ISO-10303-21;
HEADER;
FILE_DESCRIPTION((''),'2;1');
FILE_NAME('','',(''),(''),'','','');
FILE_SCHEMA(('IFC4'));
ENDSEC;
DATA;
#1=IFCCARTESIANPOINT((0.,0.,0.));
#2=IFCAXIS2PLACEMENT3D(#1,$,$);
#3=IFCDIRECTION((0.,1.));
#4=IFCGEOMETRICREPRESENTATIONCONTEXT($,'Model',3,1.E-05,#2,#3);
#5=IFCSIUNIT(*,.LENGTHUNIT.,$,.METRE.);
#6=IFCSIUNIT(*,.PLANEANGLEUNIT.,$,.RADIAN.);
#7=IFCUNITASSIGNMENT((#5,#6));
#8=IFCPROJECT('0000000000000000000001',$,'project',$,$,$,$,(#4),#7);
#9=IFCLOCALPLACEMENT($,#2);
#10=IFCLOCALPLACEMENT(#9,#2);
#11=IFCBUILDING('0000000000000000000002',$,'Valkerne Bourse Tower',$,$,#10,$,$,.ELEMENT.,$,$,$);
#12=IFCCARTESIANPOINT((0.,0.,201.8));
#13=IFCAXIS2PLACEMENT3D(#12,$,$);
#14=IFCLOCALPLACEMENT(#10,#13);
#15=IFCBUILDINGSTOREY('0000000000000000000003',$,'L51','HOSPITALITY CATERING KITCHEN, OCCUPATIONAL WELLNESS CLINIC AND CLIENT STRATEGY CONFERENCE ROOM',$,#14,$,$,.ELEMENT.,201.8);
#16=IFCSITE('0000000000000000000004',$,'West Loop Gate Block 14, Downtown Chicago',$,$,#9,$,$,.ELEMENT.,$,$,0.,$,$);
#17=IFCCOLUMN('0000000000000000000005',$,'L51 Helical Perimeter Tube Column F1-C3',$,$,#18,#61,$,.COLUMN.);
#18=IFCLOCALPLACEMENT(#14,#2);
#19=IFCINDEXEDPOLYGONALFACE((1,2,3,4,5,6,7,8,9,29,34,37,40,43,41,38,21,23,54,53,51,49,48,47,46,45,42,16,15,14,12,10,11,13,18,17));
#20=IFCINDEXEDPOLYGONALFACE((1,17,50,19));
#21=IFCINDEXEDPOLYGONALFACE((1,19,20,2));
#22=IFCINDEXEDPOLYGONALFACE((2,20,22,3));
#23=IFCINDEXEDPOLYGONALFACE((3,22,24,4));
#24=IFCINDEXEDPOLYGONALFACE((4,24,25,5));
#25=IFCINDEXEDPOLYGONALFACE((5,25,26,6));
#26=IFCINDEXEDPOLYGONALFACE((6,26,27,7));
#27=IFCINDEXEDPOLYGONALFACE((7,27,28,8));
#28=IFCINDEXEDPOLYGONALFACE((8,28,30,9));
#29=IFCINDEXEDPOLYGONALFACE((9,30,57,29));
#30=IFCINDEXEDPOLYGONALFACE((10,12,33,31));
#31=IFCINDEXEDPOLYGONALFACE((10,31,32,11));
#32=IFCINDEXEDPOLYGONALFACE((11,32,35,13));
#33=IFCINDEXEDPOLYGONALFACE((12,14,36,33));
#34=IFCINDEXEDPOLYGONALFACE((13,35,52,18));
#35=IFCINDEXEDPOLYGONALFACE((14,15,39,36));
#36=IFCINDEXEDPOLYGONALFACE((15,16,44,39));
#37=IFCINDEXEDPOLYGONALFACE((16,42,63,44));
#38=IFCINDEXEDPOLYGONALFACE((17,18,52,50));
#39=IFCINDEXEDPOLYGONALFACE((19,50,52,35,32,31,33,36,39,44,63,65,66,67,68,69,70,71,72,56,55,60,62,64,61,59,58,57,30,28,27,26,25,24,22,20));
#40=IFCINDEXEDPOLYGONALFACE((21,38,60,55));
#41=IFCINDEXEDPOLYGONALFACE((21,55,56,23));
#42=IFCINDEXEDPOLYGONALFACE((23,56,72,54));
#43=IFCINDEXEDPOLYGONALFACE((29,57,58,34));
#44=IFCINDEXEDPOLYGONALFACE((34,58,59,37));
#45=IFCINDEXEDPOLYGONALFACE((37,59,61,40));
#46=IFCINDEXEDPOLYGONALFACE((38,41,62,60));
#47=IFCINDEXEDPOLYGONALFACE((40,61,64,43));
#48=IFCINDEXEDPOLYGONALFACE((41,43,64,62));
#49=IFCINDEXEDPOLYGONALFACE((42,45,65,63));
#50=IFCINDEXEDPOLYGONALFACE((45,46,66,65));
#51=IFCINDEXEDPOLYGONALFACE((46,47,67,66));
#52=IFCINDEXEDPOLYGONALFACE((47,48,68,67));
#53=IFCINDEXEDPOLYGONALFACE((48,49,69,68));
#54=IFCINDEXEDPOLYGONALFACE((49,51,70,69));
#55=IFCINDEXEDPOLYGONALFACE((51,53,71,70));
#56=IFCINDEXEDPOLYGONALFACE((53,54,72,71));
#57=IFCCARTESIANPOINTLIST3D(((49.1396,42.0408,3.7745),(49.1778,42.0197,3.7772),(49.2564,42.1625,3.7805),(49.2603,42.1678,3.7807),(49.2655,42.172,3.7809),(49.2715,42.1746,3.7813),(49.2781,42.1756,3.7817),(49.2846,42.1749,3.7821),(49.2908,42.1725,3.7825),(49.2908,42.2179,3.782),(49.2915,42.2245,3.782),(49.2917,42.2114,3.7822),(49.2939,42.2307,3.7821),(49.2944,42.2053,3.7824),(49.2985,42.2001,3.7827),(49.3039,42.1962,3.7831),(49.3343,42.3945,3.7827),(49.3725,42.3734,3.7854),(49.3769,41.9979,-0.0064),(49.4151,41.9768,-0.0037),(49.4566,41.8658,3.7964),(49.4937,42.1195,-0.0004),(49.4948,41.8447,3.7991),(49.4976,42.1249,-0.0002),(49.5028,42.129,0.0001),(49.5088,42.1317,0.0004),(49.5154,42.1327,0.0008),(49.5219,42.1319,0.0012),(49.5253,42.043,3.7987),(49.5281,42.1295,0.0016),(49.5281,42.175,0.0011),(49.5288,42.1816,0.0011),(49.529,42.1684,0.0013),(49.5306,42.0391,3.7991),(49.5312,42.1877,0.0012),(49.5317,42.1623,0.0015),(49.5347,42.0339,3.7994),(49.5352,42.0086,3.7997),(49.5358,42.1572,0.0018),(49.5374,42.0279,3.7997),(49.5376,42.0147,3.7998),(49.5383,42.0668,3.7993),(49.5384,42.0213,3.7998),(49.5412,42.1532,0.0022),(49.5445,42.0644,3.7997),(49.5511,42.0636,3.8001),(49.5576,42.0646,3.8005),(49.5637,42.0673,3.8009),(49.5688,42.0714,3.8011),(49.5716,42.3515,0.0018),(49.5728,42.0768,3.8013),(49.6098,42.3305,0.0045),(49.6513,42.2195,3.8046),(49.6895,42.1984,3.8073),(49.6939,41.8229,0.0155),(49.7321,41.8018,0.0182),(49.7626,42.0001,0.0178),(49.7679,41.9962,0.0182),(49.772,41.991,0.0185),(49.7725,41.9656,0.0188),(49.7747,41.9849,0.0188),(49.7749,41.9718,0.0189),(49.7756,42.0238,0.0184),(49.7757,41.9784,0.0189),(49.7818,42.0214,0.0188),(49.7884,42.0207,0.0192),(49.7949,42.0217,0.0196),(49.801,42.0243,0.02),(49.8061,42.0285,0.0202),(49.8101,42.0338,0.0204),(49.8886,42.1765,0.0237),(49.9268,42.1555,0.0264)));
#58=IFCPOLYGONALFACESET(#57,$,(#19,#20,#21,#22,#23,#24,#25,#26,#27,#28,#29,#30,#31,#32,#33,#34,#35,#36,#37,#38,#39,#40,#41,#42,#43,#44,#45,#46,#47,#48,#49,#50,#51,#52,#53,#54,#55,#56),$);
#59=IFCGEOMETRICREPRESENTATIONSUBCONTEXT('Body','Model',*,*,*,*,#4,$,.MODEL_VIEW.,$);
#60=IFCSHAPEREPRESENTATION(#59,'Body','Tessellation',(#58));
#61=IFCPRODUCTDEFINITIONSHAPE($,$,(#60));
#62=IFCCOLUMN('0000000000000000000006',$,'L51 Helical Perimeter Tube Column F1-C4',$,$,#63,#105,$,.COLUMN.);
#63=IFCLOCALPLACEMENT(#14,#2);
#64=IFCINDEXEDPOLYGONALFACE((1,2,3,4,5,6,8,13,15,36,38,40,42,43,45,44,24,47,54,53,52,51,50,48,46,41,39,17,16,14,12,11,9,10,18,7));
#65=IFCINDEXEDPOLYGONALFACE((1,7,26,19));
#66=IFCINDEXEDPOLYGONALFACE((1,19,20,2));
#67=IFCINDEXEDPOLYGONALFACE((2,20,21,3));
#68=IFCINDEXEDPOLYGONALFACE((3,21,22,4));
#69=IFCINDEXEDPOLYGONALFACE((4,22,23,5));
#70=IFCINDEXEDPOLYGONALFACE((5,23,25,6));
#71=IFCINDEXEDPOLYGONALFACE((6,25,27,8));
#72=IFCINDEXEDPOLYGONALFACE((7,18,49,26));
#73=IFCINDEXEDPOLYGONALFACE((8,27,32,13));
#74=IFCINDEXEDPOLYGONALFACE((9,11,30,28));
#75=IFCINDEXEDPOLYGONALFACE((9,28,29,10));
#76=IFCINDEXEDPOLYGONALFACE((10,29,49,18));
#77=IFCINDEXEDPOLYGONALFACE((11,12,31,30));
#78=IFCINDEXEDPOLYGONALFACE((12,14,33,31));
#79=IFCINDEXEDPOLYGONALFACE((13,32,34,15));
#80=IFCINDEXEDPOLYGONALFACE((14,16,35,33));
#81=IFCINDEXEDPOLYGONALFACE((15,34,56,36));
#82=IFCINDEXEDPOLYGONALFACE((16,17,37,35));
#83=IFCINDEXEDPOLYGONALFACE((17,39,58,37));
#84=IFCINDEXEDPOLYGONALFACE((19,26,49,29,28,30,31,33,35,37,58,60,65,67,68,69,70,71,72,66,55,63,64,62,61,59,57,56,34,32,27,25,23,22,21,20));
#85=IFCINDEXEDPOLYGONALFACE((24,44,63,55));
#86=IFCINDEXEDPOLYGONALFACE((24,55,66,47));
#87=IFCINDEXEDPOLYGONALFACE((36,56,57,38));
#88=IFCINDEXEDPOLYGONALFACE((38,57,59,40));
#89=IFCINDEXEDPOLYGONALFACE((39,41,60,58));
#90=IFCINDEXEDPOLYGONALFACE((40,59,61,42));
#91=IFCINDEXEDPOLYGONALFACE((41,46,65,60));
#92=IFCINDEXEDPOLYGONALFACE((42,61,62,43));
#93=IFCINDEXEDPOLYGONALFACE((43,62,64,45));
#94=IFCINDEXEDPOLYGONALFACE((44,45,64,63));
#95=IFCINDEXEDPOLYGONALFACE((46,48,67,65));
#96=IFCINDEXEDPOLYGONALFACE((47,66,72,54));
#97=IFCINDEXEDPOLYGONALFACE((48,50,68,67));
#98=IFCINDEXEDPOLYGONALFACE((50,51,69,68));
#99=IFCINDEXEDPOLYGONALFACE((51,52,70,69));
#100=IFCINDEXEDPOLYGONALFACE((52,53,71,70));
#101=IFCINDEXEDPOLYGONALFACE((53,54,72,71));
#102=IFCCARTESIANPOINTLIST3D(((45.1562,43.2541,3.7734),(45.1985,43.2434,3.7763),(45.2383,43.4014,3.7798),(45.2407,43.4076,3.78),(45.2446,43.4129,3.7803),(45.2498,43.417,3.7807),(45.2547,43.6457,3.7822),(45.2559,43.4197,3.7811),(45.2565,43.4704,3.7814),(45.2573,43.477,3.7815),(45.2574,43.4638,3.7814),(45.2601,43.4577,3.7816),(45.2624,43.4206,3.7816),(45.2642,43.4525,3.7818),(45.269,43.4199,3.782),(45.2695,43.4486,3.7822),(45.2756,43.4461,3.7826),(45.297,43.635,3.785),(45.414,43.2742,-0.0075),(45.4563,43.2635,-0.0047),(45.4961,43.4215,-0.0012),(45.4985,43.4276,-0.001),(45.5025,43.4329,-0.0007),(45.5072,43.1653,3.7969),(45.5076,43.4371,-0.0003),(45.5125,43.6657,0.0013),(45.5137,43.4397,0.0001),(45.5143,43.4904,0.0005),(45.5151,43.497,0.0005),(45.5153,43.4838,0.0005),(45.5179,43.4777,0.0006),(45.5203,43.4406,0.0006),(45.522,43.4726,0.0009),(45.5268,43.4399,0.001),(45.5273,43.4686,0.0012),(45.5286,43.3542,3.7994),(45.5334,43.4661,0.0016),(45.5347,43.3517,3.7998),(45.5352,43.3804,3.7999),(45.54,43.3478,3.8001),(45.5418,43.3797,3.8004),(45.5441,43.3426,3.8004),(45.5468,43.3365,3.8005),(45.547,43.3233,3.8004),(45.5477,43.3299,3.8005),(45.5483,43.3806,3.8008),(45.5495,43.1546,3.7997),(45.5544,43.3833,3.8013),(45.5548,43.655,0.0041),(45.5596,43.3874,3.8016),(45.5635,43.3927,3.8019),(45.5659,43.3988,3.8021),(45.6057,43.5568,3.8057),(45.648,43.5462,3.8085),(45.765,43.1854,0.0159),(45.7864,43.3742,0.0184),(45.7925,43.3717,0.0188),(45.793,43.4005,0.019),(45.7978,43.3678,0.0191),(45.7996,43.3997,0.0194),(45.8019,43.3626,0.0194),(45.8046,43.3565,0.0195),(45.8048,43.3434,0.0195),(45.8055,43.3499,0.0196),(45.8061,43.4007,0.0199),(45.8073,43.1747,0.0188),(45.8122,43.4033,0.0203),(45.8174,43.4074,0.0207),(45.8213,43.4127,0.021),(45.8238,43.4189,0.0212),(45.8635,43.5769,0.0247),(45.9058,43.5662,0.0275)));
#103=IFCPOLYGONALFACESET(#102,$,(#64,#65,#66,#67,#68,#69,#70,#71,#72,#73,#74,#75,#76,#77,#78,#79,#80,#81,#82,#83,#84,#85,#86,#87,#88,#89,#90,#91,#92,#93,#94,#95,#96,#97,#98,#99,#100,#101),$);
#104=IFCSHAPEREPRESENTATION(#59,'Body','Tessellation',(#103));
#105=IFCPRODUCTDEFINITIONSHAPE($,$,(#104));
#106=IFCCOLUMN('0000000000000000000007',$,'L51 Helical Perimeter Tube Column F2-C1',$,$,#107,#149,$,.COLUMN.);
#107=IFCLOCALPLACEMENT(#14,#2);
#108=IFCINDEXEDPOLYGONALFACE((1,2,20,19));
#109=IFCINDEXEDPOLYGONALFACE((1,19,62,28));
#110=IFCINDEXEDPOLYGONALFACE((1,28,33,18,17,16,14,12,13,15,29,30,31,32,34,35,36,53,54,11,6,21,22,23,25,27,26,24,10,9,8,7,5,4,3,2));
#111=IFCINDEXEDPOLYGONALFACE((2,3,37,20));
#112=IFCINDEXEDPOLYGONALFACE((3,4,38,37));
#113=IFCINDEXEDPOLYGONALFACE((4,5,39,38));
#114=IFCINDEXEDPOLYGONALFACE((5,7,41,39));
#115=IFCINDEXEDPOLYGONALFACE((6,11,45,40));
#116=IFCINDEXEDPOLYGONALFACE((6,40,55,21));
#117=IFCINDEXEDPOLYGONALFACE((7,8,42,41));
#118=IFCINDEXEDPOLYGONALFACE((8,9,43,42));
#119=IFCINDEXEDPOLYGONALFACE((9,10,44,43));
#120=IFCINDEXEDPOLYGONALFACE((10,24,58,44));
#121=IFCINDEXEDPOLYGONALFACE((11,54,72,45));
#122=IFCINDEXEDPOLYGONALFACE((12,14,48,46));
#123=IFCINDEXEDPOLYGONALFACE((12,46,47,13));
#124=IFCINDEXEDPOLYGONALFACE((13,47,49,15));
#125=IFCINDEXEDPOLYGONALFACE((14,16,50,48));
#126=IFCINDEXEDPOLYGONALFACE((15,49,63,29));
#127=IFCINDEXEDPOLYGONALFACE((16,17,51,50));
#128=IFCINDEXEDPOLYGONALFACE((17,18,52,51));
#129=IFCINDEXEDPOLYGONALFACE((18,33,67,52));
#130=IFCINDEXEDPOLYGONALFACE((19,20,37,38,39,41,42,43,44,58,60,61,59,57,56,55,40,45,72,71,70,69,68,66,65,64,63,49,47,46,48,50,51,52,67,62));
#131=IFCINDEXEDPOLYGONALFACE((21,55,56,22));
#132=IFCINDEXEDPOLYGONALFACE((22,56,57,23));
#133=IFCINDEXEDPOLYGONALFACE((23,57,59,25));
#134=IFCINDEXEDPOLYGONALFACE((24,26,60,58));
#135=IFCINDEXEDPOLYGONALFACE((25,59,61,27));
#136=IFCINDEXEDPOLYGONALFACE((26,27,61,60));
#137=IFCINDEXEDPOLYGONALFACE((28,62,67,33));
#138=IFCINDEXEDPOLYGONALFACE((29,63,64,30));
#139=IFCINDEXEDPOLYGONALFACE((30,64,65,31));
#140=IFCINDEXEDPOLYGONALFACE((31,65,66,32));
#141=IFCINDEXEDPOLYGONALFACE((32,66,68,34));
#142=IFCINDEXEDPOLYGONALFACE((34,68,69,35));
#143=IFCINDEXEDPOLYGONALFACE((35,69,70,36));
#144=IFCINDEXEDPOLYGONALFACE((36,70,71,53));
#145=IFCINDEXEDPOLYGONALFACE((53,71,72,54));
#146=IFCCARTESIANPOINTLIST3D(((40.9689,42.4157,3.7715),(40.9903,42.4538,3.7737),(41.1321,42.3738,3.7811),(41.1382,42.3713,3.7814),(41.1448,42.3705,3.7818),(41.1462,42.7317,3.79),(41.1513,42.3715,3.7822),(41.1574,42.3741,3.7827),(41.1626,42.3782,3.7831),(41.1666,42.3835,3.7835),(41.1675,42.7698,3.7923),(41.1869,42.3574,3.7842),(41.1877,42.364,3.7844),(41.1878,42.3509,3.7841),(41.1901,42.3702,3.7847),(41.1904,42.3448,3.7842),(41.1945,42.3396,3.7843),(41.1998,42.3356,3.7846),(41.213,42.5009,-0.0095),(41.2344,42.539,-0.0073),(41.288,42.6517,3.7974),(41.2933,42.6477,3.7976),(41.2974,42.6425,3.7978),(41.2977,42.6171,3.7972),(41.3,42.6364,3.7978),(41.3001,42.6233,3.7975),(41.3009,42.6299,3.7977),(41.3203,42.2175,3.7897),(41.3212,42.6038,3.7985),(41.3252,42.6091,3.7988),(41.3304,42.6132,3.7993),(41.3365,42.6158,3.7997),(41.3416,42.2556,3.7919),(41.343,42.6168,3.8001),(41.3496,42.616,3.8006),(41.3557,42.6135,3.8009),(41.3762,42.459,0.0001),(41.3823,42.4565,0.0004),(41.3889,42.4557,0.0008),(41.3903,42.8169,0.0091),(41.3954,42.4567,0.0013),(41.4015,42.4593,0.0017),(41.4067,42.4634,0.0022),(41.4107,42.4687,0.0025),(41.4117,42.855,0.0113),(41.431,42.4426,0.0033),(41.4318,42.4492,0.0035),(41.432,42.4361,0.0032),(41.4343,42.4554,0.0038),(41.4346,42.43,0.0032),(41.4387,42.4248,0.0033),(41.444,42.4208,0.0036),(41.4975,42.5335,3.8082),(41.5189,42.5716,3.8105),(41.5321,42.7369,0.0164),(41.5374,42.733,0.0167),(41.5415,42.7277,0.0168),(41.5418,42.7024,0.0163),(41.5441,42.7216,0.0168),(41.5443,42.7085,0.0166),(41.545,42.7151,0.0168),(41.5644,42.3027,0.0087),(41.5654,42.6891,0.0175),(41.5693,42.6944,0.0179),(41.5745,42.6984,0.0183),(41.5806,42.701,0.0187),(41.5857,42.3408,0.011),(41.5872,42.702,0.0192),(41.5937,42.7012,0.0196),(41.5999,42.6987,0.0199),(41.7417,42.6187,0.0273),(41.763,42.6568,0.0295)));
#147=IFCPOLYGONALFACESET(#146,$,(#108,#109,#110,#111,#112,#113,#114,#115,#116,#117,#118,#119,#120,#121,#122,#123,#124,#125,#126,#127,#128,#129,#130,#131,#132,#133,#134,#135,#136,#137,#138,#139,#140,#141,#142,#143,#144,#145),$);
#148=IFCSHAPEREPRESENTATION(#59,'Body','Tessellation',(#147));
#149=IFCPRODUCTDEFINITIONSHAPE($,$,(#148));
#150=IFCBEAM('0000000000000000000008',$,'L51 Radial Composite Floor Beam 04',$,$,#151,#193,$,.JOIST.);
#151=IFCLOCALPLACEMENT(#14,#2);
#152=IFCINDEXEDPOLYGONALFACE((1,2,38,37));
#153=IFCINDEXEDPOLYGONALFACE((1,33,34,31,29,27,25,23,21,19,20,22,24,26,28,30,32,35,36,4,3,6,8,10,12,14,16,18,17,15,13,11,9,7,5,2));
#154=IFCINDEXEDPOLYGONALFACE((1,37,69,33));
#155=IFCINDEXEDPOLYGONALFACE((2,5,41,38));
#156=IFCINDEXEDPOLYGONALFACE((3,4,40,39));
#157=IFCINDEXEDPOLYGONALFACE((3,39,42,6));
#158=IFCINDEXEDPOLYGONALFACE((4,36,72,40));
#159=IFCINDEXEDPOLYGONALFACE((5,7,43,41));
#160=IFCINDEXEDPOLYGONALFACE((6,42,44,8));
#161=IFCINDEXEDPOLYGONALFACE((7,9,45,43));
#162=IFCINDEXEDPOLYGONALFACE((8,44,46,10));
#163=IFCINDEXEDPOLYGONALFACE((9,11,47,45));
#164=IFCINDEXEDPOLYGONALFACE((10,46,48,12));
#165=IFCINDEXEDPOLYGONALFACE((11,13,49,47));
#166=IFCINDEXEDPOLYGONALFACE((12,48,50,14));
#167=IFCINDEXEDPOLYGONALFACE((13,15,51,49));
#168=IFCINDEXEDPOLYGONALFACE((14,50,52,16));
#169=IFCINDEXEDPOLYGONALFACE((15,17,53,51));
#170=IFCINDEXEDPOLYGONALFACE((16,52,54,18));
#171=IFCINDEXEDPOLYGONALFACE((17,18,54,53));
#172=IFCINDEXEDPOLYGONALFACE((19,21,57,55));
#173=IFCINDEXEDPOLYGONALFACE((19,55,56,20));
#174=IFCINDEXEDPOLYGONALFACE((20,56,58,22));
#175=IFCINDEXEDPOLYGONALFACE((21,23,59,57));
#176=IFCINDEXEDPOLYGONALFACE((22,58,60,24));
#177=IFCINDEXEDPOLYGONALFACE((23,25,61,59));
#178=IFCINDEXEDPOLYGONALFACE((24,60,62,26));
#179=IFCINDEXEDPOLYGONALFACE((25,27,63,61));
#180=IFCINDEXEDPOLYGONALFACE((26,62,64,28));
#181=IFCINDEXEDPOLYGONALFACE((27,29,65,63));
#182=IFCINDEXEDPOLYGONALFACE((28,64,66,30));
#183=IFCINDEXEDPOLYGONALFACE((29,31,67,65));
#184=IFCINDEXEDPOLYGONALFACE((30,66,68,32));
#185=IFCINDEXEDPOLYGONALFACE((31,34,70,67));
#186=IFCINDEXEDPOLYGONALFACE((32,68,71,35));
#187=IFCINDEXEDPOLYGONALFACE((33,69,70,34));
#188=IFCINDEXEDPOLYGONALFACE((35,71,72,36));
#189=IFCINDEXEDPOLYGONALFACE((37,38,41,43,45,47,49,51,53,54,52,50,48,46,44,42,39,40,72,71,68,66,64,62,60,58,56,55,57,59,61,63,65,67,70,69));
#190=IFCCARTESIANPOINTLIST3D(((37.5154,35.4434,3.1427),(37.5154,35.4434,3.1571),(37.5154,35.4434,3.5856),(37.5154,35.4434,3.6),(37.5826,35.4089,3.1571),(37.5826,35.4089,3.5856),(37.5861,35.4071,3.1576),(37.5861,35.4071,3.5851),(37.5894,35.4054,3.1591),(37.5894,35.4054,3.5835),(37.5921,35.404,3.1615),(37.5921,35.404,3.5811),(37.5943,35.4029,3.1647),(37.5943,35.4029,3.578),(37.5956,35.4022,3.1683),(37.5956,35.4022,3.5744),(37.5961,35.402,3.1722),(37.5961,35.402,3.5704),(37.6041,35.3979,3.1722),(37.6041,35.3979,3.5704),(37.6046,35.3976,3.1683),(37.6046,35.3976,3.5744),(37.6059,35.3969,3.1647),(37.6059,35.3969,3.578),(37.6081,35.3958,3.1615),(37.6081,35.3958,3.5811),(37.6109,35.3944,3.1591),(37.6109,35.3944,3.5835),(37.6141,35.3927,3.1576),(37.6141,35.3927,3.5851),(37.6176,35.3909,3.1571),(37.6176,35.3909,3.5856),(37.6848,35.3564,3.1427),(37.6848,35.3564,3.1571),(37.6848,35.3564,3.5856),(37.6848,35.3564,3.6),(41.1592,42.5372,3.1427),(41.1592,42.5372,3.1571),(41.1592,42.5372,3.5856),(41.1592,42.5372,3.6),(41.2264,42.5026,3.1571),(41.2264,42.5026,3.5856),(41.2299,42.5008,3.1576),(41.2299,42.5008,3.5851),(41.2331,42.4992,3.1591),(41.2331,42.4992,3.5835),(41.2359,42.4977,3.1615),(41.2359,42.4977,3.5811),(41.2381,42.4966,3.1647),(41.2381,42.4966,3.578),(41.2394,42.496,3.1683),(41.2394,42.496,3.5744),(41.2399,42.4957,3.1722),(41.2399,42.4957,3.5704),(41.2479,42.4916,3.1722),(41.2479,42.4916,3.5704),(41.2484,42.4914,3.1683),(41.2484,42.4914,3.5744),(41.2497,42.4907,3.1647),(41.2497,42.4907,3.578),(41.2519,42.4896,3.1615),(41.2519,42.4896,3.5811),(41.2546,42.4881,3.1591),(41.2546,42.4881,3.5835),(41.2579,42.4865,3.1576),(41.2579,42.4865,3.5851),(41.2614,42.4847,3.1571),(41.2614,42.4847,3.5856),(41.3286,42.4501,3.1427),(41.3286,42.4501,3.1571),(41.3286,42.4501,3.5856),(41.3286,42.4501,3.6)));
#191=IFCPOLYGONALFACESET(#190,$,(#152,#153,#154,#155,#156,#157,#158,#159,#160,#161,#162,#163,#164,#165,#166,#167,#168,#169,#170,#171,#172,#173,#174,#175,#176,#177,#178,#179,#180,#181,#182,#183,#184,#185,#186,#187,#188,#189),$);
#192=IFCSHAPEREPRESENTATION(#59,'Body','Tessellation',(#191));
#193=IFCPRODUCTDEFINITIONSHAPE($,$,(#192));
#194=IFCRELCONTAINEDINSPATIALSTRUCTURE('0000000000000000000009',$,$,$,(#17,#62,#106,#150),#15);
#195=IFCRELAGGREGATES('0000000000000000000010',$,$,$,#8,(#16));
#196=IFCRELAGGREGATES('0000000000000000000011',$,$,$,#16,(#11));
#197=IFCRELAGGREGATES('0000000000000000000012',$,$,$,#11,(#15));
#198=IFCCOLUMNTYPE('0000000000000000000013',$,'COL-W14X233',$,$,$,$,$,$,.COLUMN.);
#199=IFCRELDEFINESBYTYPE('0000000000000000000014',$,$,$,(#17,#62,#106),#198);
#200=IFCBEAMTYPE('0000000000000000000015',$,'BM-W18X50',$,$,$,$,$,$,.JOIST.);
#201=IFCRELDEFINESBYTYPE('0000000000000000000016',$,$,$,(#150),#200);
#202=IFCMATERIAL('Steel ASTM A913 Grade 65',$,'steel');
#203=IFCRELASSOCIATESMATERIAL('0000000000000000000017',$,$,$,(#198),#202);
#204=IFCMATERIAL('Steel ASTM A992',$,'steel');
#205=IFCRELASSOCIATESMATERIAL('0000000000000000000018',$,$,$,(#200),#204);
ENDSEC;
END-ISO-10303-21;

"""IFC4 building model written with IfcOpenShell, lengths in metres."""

from ifc_helpers import new_model, si_unit, direction, frame, origin, origin_2d, place, context, subcontext, project, spatial, i_section, extrude, material, material_profile, profile_set, type_object, element, save


model = new_model("IFC4")

# Units and contexts
model_context = context("Model", 3, precision=1e-05, world=origin(), true_north=direction((0.0, 1.0)))
body_context = subcontext(model_context, "Body", "Model", "MODEL_VIEW")
ifc_project = project(units=[si_unit("LENGTHUNIT", "METRE"), si_unit("PLANEANGLEUNIT", "RADIAN")], contexts=[model_context])

# Site, building, storey
site_placement = place(None, origin())
site = spatial("IfcSite", under=ifc_project, at=site_placement, Name="West Loop Gate Block 14, Downtown Chicago", CompositionType="ELEMENT", RefElevation=0.0)
building_placement = place(site_placement, origin())
building = spatial("IfcBuilding", under=site, at=building_placement, Name="Valkerne Bourse Tower", CompositionType="ELEMENT")
storey_placement = place(building_placement, frame((0.0, 0.0, 201.8)))
storey = spatial("IfcBuildingStorey", under=building, at=storey_placement, Name="L51", Description="HOSPITALITY CATERING KITCHEN, OCCUPATIONAL WELLNESS CLINIC AND CLIENT STRATEGY CONFERENCE ROOM", CompositionType="ELEMENT", Elevation=201.8)

# Columns
ifc_material_1 = material(Name="Steel ASTM A913 Grade 65", Category="steel")
ifc_material_profile_1 = material_profile(ifc_material_1, i_section(OverallWidth=0.4038, OverallDepth=0.4065, WebThickness=0.0271, FlangeThickness=0.0437, FilletRadius=0.0254, at=origin_2d()), Name="W14X233")
ifc_profile_set_1 = profile_set([ifc_material_profile_1], Name="Steel ASTM A913 Grade 65")
column_type = type_object("IfcColumnType", Name="COL-W14X233", PredefinedType="COLUMN", material=ifc_profile_set_1)
column_placement = place(storey_placement, frame((49.6519, 42.0767, 0.01), z_axis=(-0.062635, 0.011341, 0.997972), x_axis=(0.482086, 0.875889, 0.020303)))
element("IfcColumn", 1, at=column_placement, inside=storey, type_object=column_type, Name="L51 Helical Perimeter Tube Column F1-C3", PredefinedType="COLUMN", context=body_context, shape_type="SweptSolid", body=[
    extrude(i_section(OverallWidth=0.4038, OverallDepth=0.4065, WebThickness=0.0271, FlangeThickness=0.0437, FilletRadius=0.0254, at=origin_2d()), origin(), (0.0, 0.0, 1.0), 3.7886),
])
for number, where, z_axis, x_axis, name in (
    (2, (45.6599, 43.4202, 0.01), (-0.068027, -0.005282, 0.997669), (0.243886, 0.96956, 0.021763), "L51 Helical Perimeter Tube Column F1-C4"),
    (3, (41.488, 42.5789, 0.01), (-0.06442, -0.022483, 0.99767), (-0.870093, 0.490819, -0.045122), "L51 Helical Perimeter Tube Column F2-C1"),
):
    element("IfcColumn", number, at=place(storey_placement, frame(where, z_axis=z_axis, x_axis=x_axis)), inside=storey, type_object=column_type, Name=name, PredefinedType="COLUMN", context=body_context, shape_type="SweptSolid", body=[
        extrude(i_section(OverallWidth=0.4038, OverallDepth=0.4065, WebThickness=0.0271, FlangeThickness=0.0437, FilletRadius=0.0254, at=origin_2d()), origin(), (0.0, 0.0, 1.0), 3.7898),
    ])

# Beam
ifc_material_2 = material(Name="Steel ASTM A992", Category="steel")
ifc_material_profile_2 = material_profile(ifc_material_2, i_section(OverallWidth=0.1904, OverallDepth=0.4573, WebThickness=0.009, FlangeThickness=0.0144, FilletRadius=0.0151, at=origin_2d()), Name="W18X50")
ifc_profile_set_2 = profile_set([ifc_material_profile_2], Name="Steel ASTM A992")
beam_type_1 = type_object("IfcBeamType", Name="BM-W18X50", PredefinedType="JOIST", material=ifc_profile_set_2)
beam_1_placement = place(storey_placement, frame((41.2439, 42.4937, 3.3713), z_axis=(-0.45691, -0.889513, 0.0), x_axis=(0.889513, -0.45691, 0.0)))
element("IfcBeam", 4, at=beam_1_placement, inside=storey, type_object=beam_type_1, Name="L51 Radial Composite Floor Beam 04", PredefinedType="JOIST", context=body_context, shape_type="SweptSolid", body=[
    extrude(i_section(OverallWidth=0.1904, OverallDepth=0.4573, WebThickness=0.009, FlangeThickness=0.0144, FilletRadius=0.0151, at=origin_2d()), origin(), (0.0, 0.0, 1.0), 7.9749),
])

save(model, "model.ifc")
